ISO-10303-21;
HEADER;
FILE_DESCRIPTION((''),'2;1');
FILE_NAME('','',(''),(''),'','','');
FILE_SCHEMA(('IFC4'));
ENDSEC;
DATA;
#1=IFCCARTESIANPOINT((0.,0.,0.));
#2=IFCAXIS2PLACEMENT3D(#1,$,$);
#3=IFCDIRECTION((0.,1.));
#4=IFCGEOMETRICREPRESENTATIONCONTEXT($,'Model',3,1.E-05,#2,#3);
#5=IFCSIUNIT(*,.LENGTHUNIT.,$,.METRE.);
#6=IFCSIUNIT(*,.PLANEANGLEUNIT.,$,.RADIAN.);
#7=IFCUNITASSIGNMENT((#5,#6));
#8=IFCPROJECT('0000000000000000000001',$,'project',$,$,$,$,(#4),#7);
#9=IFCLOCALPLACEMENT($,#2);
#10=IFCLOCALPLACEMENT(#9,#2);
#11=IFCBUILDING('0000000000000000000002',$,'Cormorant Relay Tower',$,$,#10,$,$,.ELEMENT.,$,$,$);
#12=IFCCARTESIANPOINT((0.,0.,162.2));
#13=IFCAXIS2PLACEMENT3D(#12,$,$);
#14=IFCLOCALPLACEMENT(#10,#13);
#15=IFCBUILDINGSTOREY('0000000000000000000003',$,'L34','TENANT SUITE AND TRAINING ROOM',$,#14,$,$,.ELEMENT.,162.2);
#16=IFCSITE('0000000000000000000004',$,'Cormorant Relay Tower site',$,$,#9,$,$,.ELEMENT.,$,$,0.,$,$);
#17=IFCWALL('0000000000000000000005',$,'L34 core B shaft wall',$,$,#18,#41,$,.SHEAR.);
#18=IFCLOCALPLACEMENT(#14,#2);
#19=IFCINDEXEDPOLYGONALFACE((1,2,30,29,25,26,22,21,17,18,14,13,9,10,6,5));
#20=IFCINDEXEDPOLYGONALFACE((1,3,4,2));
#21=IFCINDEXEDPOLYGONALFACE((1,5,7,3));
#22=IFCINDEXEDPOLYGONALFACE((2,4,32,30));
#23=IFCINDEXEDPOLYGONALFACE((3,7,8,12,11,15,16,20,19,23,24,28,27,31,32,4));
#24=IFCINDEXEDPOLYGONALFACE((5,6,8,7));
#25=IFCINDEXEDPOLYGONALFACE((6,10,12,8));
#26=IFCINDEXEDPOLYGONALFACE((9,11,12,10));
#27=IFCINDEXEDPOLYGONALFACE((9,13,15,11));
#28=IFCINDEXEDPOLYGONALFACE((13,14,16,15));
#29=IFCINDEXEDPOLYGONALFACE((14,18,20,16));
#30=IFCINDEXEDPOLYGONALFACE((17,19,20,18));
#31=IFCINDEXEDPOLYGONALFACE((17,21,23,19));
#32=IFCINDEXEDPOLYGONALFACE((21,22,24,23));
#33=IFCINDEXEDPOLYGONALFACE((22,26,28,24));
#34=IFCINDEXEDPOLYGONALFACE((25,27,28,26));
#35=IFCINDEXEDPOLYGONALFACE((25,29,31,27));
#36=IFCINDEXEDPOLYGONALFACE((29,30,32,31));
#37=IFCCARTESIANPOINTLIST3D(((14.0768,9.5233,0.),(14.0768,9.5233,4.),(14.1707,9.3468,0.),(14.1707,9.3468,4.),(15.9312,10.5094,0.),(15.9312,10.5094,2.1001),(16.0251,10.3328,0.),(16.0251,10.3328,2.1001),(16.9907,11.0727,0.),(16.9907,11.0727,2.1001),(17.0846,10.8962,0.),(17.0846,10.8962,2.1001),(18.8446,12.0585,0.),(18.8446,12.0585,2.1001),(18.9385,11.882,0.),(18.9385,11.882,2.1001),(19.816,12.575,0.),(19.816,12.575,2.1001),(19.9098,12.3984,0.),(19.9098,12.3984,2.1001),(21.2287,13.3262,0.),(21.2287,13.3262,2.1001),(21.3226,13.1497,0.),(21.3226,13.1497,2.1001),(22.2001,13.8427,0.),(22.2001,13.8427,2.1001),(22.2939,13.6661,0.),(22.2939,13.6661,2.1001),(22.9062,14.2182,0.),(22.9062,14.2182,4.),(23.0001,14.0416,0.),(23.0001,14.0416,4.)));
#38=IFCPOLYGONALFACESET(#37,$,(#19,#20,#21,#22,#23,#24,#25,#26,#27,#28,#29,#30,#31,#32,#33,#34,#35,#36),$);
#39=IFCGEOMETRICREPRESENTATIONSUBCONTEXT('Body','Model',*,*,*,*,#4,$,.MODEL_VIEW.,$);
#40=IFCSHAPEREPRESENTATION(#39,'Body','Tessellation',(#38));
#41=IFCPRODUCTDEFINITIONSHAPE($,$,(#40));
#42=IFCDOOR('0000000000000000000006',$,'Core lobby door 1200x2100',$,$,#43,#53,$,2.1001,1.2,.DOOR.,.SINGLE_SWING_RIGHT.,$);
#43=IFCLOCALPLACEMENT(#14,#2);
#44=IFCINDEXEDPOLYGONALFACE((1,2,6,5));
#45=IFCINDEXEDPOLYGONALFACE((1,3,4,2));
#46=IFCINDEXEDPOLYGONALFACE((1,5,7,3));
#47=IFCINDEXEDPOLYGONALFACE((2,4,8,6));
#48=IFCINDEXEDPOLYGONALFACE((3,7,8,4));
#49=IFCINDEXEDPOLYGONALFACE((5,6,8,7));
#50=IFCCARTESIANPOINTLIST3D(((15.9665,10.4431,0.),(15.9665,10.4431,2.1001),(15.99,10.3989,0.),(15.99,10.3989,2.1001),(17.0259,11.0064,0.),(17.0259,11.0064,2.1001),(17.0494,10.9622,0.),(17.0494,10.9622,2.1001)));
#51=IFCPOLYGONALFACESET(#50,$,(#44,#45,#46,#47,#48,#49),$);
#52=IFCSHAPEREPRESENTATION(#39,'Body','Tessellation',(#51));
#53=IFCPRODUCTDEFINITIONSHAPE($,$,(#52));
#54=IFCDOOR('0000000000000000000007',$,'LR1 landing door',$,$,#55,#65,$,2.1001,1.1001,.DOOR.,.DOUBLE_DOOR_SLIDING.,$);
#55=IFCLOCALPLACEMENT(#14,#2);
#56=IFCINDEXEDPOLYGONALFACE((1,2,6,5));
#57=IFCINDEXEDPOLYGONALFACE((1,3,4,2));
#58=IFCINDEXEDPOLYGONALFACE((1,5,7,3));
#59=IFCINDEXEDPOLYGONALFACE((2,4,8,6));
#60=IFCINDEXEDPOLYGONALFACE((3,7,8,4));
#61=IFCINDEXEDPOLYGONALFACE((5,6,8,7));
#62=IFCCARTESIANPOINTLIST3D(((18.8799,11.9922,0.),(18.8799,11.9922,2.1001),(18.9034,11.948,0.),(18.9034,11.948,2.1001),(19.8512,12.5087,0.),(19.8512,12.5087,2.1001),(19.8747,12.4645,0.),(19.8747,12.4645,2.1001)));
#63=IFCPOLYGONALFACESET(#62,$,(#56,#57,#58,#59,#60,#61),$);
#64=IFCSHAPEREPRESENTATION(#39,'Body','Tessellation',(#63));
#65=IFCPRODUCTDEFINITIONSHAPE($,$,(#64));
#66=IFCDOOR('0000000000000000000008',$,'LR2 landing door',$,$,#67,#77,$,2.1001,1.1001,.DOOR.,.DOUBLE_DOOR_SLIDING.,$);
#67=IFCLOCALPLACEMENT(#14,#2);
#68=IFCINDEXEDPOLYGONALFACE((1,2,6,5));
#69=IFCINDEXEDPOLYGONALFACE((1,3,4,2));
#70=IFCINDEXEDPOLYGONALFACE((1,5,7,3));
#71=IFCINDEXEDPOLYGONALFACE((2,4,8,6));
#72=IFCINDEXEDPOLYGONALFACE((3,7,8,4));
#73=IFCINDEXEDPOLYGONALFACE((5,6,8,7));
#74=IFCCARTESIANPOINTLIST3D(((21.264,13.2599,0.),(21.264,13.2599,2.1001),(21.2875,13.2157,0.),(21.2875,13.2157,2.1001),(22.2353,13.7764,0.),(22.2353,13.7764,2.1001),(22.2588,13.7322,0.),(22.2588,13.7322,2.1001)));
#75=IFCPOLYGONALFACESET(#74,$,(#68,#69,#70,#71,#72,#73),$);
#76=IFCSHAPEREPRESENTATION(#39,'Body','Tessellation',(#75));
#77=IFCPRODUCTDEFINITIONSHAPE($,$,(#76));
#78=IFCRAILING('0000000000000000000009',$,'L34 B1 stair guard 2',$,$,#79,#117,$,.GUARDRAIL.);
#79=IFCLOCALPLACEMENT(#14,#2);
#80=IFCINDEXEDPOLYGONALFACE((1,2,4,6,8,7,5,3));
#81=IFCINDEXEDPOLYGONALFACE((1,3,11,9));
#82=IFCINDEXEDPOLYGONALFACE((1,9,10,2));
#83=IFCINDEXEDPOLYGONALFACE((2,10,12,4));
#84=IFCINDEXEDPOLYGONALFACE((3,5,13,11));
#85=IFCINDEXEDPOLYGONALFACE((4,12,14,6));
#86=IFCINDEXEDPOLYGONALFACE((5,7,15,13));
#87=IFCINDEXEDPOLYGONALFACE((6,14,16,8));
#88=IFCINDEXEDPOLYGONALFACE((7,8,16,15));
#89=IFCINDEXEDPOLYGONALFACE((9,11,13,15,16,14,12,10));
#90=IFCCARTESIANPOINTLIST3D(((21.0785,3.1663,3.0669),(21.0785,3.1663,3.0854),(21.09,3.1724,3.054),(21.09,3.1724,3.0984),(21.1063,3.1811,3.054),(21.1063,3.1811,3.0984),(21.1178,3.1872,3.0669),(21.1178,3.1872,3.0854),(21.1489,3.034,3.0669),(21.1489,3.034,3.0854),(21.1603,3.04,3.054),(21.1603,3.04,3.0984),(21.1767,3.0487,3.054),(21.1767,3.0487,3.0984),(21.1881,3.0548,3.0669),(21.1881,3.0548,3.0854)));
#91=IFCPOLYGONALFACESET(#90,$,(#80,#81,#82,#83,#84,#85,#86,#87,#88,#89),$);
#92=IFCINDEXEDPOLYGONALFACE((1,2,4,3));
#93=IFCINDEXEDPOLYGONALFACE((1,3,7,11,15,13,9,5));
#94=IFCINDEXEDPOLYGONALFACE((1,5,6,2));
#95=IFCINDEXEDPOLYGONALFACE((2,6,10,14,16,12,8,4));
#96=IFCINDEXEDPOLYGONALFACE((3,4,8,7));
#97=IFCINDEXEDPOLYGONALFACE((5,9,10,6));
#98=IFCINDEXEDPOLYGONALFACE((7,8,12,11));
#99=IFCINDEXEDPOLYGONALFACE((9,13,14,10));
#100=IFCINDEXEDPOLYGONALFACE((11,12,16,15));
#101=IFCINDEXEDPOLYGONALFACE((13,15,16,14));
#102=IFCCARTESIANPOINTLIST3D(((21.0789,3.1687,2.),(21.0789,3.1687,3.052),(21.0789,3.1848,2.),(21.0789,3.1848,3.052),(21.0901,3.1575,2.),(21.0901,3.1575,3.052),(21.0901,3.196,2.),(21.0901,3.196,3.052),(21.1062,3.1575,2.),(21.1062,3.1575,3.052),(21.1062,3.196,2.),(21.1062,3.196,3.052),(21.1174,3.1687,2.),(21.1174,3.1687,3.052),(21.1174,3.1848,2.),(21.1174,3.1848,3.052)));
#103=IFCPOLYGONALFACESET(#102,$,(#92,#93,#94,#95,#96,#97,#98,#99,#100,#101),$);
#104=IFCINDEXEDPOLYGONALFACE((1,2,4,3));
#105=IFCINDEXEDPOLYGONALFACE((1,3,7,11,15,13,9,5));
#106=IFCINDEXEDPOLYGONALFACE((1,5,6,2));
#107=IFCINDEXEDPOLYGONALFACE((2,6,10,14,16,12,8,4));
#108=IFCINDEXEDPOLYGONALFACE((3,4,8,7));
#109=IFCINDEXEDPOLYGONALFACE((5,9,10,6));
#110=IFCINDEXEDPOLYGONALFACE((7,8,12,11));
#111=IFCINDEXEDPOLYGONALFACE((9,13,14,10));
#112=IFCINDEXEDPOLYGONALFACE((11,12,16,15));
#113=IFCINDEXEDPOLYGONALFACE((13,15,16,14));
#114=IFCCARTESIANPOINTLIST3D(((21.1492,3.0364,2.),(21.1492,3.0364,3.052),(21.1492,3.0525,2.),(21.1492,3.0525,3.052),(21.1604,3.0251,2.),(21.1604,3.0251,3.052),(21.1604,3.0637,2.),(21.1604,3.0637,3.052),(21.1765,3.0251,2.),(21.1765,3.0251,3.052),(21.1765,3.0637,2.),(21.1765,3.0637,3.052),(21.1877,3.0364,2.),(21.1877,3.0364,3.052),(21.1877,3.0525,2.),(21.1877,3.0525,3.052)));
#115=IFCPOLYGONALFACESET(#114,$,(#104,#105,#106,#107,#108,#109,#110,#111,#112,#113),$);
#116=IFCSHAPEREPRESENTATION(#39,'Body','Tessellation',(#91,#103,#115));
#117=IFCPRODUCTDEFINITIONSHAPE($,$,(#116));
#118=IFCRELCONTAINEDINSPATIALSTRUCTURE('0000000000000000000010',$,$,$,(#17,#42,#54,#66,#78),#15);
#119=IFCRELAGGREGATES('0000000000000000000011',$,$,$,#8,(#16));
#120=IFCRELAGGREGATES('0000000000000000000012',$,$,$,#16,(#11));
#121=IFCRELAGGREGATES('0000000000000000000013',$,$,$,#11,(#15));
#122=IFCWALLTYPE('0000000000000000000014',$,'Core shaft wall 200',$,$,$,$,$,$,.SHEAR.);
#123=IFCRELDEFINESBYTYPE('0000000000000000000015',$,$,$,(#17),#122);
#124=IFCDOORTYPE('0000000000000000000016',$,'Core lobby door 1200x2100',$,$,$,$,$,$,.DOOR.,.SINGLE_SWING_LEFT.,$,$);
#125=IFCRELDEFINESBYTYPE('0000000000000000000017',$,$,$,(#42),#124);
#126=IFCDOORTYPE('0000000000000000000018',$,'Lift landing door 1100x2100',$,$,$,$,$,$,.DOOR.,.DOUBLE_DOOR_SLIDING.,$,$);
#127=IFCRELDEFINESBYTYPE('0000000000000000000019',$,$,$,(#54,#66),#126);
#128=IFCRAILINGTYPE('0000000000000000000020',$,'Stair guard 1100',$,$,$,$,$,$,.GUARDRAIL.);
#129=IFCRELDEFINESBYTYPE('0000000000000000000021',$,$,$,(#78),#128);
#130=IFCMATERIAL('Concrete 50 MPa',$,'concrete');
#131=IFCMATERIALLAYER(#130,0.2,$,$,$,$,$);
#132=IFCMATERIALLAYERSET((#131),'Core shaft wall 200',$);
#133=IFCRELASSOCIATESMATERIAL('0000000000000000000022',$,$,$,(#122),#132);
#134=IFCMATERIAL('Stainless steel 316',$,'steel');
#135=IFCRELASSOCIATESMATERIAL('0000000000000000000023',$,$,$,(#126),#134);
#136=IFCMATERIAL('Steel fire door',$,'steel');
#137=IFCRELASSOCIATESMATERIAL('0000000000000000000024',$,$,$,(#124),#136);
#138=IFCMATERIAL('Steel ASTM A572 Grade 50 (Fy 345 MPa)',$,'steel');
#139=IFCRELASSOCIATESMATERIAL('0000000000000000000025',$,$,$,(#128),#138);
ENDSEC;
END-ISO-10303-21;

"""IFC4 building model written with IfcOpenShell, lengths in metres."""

from ifc_helpers import new_model, si_unit, direction, frame, frame_2d, origin, place, context, subcontext, project, spatial, polyline, rectangle, outline, extrude, material, layer, layer_set, type_object, element, fill, save


model = new_model("IFC4")

# Units and contexts
model_context = context("Model", 3, precision=1e-05, world=origin(), true_north=direction((0.0, 1.0)))
body_context = subcontext(model_context, "Body", "Model", "MODEL_VIEW")
ifc_project = project(units=[si_unit("LENGTHUNIT", "METRE"), si_unit("PLANEANGLEUNIT", "RADIAN")], contexts=[model_context])

# Site, building, storey
site_placement = place(None, origin())
site = spatial("IfcSite", under=ifc_project, at=site_placement, Name="Cormorant Relay Tower site", CompositionType="ELEMENT", RefElevation=0.0)
building_placement = place(site_placement, origin())
building = spatial("IfcBuilding", under=site, at=building_placement, Name="Cormorant Relay Tower", CompositionType="ELEMENT")
storey_placement = place(building_placement, frame((0.0, 0.0, 162.2)))
storey = spatial("IfcBuildingStorey", under=building, at=storey_placement, Name="L34", Description="TENANT SUITE AND TRAINING ROOM", CompositionType="ELEMENT", Elevation=162.2)

# Shared definitions
ifc_material_1 = material(Name="Concrete 50 MPa", Category="concrete")
ifc_layer_1 = layer(ifc_material_1, 0.2)
ifc_layer_set_1 = layer_set([ifc_layer_1], Name="Core shaft wall 200")
wall_type = type_object("IfcWallType", Name="Core shaft wall 200", PredefinedType="SHEAR", material=ifc_layer_set_1)

# Wall, openings, doors
ifc_material_2 = material(Name="Stainless steel 316", Category="steel")
door_type_1 = type_object("IfcDoorType", Name="Lift landing door 1100x2100", OperationType="DOUBLE_DOOR_SLIDING", PredefinedType="DOOR", material=ifc_material_2)
wall_1_placement = place(storey_placement, frame((14.1238, 9.4351, 0.0), z_axis=(0.0, 0.0, 1.0), x_axis=(0.88294, 0.469485, 0.0)))
wall_1 = element("IfcWall", 1, at=wall_1_placement, inside=storey, type_object=wall_type, Name="L34 core B shaft wall", PredefinedType="SHEAR", context=body_context, shape_type="SweptSolid", body=[
    extrude(rectangle(XDim=10.0, YDim=0.2, at=frame_2d((5.0, 0.0))), origin(), (0.0, 0.0, 1.0), 4.0),
])
opening_1_placement = place(wall_1_placement, frame((2.1001, 0.0, 0.0)))
opening_1 = element("IfcOpeningElement", 2, at=opening_1_placement, cuts=wall_1, PredefinedType="OPENING", context=body_context, shape_type="SweptSolid", body=[
    extrude(rectangle(XDim=1.2, YDim=2.1001, at=frame_2d((0.6001, 1.05))), frame((0.0, 0.1099, 0.0), z_axis=(0.0, -1.0, 0.0), x_axis=(1.0, 0.0, 0.0)), (0.0, 0.0, 1.0), 0.22),
])
opening_2_placement = place(wall_1_placement, frame((5.3999, 0.0, 0.0)))
opening_2 = element("IfcOpeningElement", 3, at=opening_2_placement, cuts=wall_1, PredefinedType="OPENING", context=body_context, shape_type="SweptSolid", body=[
    extrude(rectangle(XDim=1.1001, YDim=2.1001, at=frame_2d((0.55, 1.05))), frame((0.0, 0.1099, 0.0), z_axis=(0.0, -1.0, 0.0), x_axis=(1.0, 0.0, 0.0)), (0.0, 0.0, 1.0), 0.22),
])
opening_3_placement = place(wall_1_placement, frame((8.1001, 0.0, 0.0)))
opening_3 = element("IfcOpeningElement", 4, at=opening_3_placement, cuts=wall_1, PredefinedType="OPENING", context=body_context, shape_type="SweptSolid", body=[
    extrude(rectangle(XDim=1.1001, YDim=2.1001, at=frame_2d((0.55, 1.05))), frame((0.0, 0.1099, 0.0), z_axis=(0.0, -1.0, 0.0), x_axis=(1.0, 0.0, 0.0)), (0.0, 0.0, 1.0), 0.22),
])
ifc_material_3 = material(Name="Steel fire door", Category="steel")
door_type_2 = type_object("IfcDoorType", Name="Core lobby door 1200x2100", OperationType="SINGLE_SWING_LEFT", PredefinedType="DOOR", material=ifc_material_3)
door_1_placement = place(opening_1_placement, origin())
door_1 = element("IfcDoor", 5, at=door_1_placement, inside=storey, type_object=door_type_2, Name="Core lobby door 1200x2100", OperationType="SINGLE_SWING_RIGHT", OverallHeight=2.1001, OverallWidth=1.2, PredefinedType="DOOR", context=body_context, shape_type="SweptSolid", body=[
    extrude(rectangle(XDim=1.2, YDim=2.1001, at=frame_2d((0.6001, 1.05))), frame((0.0, 0.0249, 0.0), z_axis=(0.0, -1.0, 0.0), x_axis=(1.0, 0.0, 0.0)), (0.0, 0.0, 1.0), 0.05),
])
fill(opening_1, door_1)
door_2_placement = place(opening_2_placement, origin())
door_2 = element("IfcDoor", 6, at=door_2_placement, inside=storey, type_object=door_type_1, Name="LR1 landing door", OperationType="DOUBLE_DOOR_SLIDING", OverallHeight=2.1001, OverallWidth=1.1001, PredefinedType="DOOR", context=body_context, shape_type="SweptSolid", body=[
    extrude(rectangle(XDim=1.1001, YDim=2.1001, at=frame_2d((0.55, 1.05))), frame((0.0, 0.0249, 0.0), z_axis=(0.0, -1.0, 0.0), x_axis=(1.0, 0.0, 0.0)), (0.0, 0.0, 1.0), 0.05),
])
fill(opening_2, door_2)
door_3_placement = place(opening_3_placement, origin())
door_3 = element("IfcDoor", 7, at=door_3_placement, inside=storey, type_object=door_type_1, Name="LR2 landing door", OperationType="DOUBLE_DOOR_SLIDING", OverallHeight=2.1001, OverallWidth=1.1001, PredefinedType="DOOR", context=body_context, shape_type="SweptSolid", body=[
    extrude(rectangle(XDim=1.1001, YDim=2.1001, at=frame_2d((0.55, 1.05))), frame((0.0, 0.0249, 0.0), z_axis=(0.0, -1.0, 0.0), x_axis=(1.0, 0.0, 0.0)), (0.0, 0.0, 1.0), 0.05),
])
fill(opening_3, door_3)

# Railing
ifc_material_4 = material(Name="Steel ASTM A572 Grade 50 (Fy 345 MPa)", Category="steel")
railing_type = type_object("IfcRailingType", Name="Stair guard 1100", PredefinedType="GUARDRAIL", material=ifc_material_4)
railing_placement = place(storey_placement, frame((21.0981, 3.1768, 2.0)))
element("IfcRailing", 8, at=railing_placement, inside=storey, type_object=railing_type, Name="L34 B1 stair guard 2", PredefinedType="GUARDRAIL", context=body_context, shape_type="SweptSolid", body=[
    extrude(outline(polyline([(0.0222, 0.0093), (0.0093, 0.0222), (-0.0093, 0.0222), (-0.0222, 0.0093), (-0.0222, -0.0093), (-0.0093, -0.0222), (0.0093, -0.0222), (0.0222, -0.0093), (0.0222, 0.0093)])), frame((0.0, 0.0, 1.0762), z_axis=(0.469235, -0.883074, 0.0), x_axis=(0.883074, 0.469235, 0.0)), (0.0, 0.0, 1.0), 0.1499),
    extrude(outline(polyline([(0.0193, 0.0081), (0.0081, 0.0193), (-0.0081, 0.0193), (-0.0193, 0.0081), (-0.0193, -0.0081), (-0.0081, -0.0193), (0.0081, -0.0193), (0.0193, -0.0081), (0.0193, 0.0081)])), origin(), (0.0, 0.0, 1.0), 1.052),
    extrude(outline(polyline([(0.0193, 0.0081), (0.0081, 0.0193), (-0.0081, 0.0193), (-0.0193, 0.0081), (-0.0193, -0.0081), (-0.0081, -0.0193), (0.0081, -0.0193), (0.0193, -0.0081), (0.0193, 0.0081)])), frame((0.0703, -0.1323, 0.0)), (0.0, 0.0, 1.0), 1.052),
])

save(model, "model.ifc")
